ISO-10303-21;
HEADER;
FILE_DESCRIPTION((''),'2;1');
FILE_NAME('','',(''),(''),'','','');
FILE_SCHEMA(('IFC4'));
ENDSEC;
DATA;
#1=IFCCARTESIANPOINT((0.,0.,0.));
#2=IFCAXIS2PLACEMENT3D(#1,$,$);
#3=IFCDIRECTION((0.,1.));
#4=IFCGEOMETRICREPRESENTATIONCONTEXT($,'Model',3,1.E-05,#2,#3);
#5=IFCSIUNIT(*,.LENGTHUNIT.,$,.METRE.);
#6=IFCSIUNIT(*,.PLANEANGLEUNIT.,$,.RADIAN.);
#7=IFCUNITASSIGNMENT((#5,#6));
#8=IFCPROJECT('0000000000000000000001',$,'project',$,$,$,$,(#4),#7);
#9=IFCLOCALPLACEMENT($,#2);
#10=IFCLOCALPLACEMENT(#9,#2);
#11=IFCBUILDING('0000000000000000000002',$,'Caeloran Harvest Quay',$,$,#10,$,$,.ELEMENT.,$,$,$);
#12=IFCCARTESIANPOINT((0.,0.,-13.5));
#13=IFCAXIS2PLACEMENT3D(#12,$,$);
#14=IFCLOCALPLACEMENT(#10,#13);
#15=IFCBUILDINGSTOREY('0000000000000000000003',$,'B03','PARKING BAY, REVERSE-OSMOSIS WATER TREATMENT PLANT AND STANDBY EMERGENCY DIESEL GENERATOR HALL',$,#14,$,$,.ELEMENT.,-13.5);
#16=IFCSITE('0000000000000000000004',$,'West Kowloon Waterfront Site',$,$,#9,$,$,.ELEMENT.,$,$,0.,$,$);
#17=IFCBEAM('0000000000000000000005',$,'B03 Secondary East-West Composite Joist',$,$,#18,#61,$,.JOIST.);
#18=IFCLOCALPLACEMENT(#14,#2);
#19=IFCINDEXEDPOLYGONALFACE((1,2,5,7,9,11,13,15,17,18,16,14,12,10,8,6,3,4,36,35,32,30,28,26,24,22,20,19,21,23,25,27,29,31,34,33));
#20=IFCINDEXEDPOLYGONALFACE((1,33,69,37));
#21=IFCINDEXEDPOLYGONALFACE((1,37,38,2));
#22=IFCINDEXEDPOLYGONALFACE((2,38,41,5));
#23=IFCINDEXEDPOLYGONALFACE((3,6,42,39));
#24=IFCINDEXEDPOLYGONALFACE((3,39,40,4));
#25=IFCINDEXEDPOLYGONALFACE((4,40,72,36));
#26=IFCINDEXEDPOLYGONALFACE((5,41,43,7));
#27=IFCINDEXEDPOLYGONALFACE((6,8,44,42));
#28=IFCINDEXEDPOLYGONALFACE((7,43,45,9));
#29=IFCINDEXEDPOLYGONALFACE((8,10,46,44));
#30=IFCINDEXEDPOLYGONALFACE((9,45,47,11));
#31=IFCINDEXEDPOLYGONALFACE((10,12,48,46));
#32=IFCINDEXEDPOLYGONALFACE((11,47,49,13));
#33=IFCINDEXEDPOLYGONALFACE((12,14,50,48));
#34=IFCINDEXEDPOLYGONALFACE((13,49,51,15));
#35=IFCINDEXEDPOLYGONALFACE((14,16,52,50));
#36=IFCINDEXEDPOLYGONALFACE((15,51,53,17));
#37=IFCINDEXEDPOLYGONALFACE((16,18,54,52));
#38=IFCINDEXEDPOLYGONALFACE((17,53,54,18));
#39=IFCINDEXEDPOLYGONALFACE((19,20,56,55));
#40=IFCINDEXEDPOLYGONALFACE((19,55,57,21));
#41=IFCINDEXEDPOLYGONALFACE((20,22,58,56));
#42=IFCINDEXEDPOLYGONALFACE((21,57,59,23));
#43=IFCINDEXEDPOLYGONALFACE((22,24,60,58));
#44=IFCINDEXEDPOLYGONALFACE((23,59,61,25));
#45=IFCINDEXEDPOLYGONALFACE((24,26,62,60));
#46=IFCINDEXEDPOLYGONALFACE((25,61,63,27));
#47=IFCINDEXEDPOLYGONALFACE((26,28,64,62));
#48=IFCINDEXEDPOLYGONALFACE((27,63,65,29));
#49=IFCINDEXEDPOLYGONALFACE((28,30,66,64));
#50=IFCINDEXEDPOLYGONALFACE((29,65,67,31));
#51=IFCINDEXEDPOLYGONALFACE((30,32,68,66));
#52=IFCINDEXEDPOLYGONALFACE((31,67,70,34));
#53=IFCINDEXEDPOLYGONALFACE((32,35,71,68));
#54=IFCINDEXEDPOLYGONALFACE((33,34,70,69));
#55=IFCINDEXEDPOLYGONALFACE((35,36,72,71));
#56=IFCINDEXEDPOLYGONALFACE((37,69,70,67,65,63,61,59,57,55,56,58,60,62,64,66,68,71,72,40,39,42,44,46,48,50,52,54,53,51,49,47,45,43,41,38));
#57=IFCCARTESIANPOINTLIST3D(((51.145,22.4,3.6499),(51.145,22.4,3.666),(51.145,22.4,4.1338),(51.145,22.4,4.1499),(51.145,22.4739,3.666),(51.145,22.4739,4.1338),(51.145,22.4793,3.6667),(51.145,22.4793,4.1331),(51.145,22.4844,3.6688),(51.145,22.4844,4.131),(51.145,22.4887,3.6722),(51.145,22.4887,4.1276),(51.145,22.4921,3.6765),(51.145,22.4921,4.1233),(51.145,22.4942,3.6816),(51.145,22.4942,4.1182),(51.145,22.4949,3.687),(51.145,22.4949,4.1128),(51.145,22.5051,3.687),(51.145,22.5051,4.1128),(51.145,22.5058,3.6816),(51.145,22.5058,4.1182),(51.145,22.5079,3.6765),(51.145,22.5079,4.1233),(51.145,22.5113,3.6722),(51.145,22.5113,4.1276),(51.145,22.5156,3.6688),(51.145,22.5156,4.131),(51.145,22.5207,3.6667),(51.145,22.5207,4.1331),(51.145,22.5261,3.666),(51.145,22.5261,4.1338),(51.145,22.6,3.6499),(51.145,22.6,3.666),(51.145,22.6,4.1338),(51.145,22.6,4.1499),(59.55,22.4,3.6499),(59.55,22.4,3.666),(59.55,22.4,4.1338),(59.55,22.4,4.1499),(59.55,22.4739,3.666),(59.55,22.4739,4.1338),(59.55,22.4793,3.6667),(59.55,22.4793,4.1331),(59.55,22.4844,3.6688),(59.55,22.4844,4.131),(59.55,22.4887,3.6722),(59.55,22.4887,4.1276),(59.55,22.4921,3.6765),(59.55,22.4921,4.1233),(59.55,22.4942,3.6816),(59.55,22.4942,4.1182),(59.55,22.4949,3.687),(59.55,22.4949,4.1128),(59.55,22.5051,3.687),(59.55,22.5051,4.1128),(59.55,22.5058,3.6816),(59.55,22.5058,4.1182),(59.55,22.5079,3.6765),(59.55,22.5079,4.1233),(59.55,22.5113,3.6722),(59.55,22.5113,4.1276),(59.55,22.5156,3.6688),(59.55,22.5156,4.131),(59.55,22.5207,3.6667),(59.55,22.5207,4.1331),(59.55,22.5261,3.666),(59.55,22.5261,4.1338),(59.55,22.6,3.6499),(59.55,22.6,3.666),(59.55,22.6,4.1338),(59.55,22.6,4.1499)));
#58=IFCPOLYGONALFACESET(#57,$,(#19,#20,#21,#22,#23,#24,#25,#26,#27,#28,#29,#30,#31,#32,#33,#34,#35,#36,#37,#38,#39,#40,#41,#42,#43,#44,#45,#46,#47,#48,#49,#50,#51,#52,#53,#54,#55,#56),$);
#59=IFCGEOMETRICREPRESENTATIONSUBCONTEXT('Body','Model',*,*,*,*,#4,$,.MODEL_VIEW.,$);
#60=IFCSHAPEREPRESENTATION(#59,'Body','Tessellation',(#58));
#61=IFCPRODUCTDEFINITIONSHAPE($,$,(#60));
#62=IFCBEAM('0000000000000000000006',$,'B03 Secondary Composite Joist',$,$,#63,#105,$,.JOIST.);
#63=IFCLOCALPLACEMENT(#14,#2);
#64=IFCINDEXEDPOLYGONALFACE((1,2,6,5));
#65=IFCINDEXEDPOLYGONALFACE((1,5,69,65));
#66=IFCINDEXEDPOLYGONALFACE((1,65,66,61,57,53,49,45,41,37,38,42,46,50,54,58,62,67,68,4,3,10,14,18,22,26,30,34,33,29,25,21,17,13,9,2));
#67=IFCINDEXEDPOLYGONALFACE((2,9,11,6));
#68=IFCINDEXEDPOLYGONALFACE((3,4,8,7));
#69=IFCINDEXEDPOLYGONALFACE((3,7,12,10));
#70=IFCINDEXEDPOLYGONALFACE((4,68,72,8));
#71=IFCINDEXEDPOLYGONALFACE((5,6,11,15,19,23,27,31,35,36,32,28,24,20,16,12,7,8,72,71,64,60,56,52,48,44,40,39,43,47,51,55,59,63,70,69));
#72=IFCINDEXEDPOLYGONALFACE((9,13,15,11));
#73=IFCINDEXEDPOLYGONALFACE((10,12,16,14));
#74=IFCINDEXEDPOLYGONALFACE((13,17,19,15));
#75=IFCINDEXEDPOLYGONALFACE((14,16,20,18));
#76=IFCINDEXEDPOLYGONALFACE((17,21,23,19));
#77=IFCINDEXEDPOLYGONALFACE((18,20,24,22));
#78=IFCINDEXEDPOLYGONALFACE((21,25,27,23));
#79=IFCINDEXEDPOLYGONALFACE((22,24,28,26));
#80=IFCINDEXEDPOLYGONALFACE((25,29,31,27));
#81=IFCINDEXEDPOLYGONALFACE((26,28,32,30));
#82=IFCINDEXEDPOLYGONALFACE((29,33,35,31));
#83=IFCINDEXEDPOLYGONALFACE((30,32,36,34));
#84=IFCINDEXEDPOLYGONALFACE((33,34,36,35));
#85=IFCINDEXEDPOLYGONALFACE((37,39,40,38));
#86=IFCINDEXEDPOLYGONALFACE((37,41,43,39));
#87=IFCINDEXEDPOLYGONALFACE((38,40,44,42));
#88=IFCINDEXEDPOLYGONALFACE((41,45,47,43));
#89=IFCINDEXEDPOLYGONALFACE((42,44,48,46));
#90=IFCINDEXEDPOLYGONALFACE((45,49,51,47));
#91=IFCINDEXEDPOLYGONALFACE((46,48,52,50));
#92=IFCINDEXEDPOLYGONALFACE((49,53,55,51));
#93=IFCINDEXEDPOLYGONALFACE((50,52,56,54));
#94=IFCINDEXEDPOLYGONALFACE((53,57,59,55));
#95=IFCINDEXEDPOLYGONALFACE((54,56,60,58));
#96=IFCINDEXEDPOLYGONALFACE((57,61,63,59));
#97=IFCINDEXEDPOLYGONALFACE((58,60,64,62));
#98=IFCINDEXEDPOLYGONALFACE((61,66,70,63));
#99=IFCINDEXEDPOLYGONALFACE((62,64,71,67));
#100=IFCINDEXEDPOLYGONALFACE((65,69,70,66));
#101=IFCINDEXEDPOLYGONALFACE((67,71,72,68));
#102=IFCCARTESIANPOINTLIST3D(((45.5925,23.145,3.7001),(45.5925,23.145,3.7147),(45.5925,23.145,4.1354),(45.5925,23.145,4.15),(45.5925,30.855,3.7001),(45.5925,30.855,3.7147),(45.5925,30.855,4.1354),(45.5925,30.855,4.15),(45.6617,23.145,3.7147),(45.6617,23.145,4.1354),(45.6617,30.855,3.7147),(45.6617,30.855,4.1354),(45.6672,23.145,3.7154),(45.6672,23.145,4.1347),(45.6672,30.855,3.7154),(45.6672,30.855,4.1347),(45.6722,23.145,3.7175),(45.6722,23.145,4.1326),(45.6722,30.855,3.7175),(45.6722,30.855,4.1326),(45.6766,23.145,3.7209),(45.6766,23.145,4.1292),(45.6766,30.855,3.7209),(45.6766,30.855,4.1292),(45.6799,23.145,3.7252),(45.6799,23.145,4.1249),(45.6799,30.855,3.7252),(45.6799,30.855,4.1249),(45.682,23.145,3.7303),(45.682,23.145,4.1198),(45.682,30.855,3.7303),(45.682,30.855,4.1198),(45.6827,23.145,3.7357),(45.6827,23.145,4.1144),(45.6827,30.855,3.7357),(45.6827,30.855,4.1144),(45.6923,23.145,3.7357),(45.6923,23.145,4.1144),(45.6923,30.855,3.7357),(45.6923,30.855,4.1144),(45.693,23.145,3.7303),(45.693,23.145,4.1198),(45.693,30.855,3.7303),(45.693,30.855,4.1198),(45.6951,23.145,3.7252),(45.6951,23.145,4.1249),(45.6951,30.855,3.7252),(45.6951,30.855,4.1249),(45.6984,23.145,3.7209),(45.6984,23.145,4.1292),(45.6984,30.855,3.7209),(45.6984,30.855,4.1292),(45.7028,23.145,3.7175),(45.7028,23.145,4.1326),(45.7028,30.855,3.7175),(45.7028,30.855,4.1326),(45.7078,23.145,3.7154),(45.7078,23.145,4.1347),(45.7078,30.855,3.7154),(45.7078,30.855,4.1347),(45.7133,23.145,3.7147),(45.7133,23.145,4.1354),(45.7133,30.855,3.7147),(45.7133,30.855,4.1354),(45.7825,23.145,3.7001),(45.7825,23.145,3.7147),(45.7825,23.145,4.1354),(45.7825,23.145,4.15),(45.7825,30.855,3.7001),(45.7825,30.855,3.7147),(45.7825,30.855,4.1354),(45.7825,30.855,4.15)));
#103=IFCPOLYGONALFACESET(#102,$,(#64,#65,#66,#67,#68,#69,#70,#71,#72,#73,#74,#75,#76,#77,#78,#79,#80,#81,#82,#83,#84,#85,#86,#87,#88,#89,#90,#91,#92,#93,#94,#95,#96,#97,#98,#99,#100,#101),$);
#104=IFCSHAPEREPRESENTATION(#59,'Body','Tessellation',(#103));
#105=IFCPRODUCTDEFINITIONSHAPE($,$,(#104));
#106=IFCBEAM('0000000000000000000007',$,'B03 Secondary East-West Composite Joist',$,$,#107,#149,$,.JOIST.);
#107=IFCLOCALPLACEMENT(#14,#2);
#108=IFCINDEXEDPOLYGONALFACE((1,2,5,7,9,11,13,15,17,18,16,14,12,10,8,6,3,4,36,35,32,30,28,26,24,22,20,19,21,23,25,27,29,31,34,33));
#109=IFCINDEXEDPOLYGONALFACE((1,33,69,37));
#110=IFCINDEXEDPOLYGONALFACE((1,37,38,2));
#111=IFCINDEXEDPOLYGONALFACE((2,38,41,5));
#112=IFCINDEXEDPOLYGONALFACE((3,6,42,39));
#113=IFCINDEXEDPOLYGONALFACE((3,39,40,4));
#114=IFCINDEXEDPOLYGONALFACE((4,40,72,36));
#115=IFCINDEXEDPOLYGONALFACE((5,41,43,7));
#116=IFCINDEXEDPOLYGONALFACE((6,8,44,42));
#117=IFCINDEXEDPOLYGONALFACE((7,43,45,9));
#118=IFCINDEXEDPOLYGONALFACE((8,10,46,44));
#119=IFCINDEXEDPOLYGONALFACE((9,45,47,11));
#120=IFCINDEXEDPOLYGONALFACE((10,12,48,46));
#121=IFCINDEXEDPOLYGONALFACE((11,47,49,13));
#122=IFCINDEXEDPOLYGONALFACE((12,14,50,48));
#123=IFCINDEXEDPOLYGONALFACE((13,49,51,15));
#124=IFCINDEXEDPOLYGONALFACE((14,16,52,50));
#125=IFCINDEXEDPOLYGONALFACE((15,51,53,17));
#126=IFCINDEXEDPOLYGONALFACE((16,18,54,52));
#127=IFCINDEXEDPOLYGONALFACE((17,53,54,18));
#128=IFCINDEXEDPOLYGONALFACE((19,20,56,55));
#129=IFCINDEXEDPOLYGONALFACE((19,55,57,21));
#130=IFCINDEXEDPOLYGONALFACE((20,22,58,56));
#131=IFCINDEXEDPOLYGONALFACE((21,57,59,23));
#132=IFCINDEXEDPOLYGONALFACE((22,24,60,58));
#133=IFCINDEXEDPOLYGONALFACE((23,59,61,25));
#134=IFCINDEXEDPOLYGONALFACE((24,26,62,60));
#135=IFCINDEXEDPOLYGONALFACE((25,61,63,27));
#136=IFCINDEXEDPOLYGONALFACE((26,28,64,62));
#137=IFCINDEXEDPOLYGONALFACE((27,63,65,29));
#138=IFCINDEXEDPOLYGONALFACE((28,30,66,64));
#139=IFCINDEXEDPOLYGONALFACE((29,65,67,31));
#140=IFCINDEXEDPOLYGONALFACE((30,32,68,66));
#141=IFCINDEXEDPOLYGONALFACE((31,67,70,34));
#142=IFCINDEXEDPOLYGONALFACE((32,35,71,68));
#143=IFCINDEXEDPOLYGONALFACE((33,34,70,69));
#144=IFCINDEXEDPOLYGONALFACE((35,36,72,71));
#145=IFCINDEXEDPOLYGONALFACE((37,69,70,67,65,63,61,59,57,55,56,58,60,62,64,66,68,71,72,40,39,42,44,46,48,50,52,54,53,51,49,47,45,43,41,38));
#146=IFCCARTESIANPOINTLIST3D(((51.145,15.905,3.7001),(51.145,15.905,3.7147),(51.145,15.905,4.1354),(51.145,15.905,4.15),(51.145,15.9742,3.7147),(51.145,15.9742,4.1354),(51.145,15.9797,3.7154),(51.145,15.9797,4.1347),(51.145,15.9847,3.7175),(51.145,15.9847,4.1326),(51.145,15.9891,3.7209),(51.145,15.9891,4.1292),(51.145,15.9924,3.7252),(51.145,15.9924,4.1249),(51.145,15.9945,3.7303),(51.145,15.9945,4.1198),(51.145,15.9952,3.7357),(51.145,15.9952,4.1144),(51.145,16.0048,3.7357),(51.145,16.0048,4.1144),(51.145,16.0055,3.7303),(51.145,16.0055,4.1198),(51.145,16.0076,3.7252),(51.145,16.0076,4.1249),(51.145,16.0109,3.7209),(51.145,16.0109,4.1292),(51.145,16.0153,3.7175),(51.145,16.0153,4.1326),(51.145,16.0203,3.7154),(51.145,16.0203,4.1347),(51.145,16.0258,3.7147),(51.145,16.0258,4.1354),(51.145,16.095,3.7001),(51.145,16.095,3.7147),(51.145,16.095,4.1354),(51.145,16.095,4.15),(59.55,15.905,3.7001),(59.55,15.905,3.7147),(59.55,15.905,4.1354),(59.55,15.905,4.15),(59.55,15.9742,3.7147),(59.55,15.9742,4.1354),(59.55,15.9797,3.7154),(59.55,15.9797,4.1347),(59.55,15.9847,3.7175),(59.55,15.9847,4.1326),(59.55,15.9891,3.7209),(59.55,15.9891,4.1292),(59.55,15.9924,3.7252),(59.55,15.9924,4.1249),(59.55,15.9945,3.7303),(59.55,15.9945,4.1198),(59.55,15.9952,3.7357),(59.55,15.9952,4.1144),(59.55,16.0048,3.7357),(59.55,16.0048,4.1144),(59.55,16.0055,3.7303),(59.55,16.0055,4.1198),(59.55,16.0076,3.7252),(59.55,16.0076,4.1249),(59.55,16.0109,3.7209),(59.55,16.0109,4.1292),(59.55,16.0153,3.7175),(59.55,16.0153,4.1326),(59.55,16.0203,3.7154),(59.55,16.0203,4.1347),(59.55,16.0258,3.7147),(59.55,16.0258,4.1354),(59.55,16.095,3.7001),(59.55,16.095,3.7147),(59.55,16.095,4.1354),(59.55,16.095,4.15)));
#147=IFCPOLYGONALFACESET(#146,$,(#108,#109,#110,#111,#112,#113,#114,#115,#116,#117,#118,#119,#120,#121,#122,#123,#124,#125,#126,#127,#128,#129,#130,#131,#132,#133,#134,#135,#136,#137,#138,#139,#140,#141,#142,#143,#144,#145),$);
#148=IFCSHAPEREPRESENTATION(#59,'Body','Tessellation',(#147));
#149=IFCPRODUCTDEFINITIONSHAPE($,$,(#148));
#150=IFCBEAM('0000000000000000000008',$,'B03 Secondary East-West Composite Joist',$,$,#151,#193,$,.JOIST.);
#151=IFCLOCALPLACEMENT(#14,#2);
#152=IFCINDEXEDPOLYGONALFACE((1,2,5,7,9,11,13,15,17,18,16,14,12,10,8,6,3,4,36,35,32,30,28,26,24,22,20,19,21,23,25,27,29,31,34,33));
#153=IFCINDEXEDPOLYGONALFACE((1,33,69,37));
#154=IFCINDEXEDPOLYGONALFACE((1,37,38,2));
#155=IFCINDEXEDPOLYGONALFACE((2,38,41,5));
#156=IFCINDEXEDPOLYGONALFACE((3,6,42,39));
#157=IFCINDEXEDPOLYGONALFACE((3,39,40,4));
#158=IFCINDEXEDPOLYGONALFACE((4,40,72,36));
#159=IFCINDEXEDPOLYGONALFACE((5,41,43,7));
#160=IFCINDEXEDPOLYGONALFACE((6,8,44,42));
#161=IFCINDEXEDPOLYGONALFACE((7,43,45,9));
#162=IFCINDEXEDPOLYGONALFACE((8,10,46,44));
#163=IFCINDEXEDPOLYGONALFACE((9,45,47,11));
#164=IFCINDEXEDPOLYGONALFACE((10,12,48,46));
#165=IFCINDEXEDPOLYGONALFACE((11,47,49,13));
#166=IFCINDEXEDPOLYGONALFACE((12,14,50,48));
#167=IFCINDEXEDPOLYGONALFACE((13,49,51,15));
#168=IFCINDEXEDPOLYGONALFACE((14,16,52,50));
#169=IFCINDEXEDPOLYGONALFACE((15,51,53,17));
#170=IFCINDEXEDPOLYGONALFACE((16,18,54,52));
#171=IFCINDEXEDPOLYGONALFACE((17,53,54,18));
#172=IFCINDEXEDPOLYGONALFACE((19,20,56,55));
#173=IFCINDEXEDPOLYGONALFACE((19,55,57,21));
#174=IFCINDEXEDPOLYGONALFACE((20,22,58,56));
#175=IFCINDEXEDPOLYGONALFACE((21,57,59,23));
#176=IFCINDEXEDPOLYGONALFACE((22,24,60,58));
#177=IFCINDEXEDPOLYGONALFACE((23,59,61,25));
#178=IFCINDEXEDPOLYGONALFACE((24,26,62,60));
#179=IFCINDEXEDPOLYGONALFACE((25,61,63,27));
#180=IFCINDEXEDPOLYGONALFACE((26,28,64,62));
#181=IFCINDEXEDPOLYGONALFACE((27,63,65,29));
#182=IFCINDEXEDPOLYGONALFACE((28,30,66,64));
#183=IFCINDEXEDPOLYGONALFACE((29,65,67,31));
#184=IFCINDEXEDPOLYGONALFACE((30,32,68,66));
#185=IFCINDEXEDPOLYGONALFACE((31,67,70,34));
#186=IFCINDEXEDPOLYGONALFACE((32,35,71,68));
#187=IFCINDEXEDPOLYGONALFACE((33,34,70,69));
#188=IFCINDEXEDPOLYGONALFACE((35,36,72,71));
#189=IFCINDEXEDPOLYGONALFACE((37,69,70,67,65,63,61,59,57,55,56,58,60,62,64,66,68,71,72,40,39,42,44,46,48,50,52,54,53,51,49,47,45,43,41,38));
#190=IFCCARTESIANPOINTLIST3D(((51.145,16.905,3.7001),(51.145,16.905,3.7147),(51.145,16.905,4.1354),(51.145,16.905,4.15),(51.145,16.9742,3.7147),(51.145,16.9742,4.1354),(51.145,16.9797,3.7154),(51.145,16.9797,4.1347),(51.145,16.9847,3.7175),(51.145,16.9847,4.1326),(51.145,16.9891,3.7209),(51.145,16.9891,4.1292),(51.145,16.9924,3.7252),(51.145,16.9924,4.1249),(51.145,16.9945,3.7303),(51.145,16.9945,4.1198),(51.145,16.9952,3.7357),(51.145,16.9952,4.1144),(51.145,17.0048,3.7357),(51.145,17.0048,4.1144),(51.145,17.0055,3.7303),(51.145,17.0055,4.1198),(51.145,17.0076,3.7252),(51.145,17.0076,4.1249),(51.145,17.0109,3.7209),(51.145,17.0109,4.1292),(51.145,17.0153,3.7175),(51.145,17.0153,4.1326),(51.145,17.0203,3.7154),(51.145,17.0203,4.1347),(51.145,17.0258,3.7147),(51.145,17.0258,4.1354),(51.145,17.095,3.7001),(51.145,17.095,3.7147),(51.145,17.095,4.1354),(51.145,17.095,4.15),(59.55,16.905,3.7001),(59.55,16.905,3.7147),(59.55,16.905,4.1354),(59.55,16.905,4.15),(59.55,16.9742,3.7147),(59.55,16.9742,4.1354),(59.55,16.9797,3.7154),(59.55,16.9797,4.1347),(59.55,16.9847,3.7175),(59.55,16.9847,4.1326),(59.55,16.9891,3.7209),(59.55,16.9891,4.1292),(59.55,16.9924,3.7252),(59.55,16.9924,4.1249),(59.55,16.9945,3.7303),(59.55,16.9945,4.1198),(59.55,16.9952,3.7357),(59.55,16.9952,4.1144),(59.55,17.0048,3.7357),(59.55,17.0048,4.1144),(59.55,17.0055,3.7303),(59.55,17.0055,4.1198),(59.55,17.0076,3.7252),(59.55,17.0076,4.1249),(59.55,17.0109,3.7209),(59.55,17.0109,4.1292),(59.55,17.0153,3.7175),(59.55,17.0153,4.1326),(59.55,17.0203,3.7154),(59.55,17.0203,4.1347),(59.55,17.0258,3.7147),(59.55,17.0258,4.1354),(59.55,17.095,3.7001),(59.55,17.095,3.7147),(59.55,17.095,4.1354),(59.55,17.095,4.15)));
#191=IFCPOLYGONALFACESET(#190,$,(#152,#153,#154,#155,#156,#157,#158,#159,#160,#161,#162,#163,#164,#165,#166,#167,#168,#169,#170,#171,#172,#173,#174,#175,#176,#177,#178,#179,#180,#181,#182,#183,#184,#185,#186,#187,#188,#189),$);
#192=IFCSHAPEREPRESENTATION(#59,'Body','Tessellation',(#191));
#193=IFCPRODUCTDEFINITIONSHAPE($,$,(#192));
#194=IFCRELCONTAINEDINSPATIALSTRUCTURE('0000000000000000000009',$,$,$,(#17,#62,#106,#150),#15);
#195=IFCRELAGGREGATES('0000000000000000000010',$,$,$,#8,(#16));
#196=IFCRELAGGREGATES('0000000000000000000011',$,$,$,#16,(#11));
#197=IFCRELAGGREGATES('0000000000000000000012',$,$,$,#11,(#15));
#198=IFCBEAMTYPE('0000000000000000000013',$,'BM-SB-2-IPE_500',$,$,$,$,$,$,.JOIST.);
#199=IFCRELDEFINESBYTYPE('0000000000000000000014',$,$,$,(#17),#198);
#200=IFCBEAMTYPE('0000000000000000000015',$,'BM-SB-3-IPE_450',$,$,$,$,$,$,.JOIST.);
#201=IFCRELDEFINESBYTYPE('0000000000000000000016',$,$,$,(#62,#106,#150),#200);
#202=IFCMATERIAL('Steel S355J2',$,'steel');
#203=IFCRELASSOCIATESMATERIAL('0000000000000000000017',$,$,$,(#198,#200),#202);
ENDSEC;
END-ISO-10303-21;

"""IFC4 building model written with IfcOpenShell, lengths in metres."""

from ifc_helpers import new_model, si_unit, direction, frame, origin, origin_2d, place, context, subcontext, project, spatial, i_section, extrude, material, material_profile, profile_set, type_object, element, save


model = new_model("IFC4")

# Units and contexts
model_context = context("Model", 3, precision=1e-05, world=origin(), true_north=direction((0.0, 1.0)))
body_context = subcontext(model_context, "Body", "Model", "MODEL_VIEW")
ifc_project = project(units=[si_unit("LENGTHUNIT", "METRE"), si_unit("PLANEANGLEUNIT", "RADIAN")], contexts=[model_context])

# Site, building, storey
site_placement = place(None, origin())
site = spatial("IfcSite", under=ifc_project, at=site_placement, Name="West Kowloon Waterfront Site", CompositionType="ELEMENT", RefElevation=0.0)
building_placement = place(site_placement, origin())
building = spatial("IfcBuilding", under=site, at=building_placement, Name="Caeloran Harvest Quay", CompositionType="ELEMENT")
storey_placement = place(building_placement, frame((0.0, 0.0, -13.5)))
storey = spatial("IfcBuildingStorey", under=building, at=storey_placement, Name="B03", Description="PARKING BAY, REVERSE-OSMOSIS WATER TREATMENT PLANT AND STANDBY EMERGENCY DIESEL GENERATOR HALL", CompositionType="ELEMENT", Elevation=-13.5)

# Beams
ifc_material_1 = material(Name="Steel S355J2", Category="steel")
ifc_material_profile_1 = material_profile(ifc_material_1, i_section(OverallWidth=0.2, OverallDepth=0.5, WebThickness=0.0103, FlangeThickness=0.0161, FilletRadius=0.021, at=origin_2d()), Name="IPE 500")
ifc_profile_set_1 = profile_set([ifc_material_profile_1], Name="Steel S355J2")
beam_type_1 = type_object("IfcBeamType", Name="BM-SB-2-IPE_500", PredefinedType="JOIST", material=ifc_profile_set_1)
for number, where, z_axis, x_axis, name in (
    (1, (51.145, 22.5, 3.8999), (1.0, 0.0, 0.0), (0.0, 1.0, 0.0), "B03 Secondary East-West Composite Joist"),
):
    element("IfcBeam", number, at=place(storey_placement, frame(where, z_axis=z_axis, x_axis=x_axis)), inside=storey, type_object=beam_type_1, Name=name, PredefinedType="JOIST", context=body_context, shape_type="SweptSolid", body=[
        extrude(i_section(OverallWidth=0.2, OverallDepth=0.5, WebThickness=0.0103, FlangeThickness=0.0161, FilletRadius=0.021, at=origin_2d()), origin(), (0.0, 0.0, 1.0), 8.405),
    ])
ifc_material_profile_2 = material_profile(ifc_material_1, i_section(OverallWidth=0.1899, OverallDepth=0.45, WebThickness=0.0095, FlangeThickness=0.0146, FilletRadius=0.021, at=origin_2d()), Name="IPE 450")
ifc_profile_set_2 = profile_set([ifc_material_profile_2], Name="Steel S355J2")
beam_type_2 = type_object("IfcBeamType", Name="BM-SB-3-IPE_450", PredefinedType="JOIST", material=ifc_profile_set_2)
beam_1_placement = place(storey_placement, frame((45.6875, 23.145, 3.925), z_axis=(0.0, 1.0, 0.0), x_axis=(-1.0, 0.0, 0.0)))
element("IfcBeam", 2, at=beam_1_placement, inside=storey, type_object=beam_type_2, Name="B03 Secondary Composite Joist", PredefinedType="JOIST", context=body_context, shape_type="SweptSolid", body=[
    extrude(i_section(OverallWidth=0.1899, OverallDepth=0.45, WebThickness=0.0095, FlangeThickness=0.0146, FilletRadius=0.021, at=origin_2d()), origin(), (0.0, 0.0, 1.0), 7.71),
])
for number, where, z_axis, x_axis, name in (
    (3, (51.145, 16.0, 3.925), (1.0, 0.0, 0.0), (0.0, 1.0, 0.0), "B03 Secondary East-West Composite Joist"),
    (4, (51.145, 17.0, 3.925), (1.0, 0.0, 0.0), (0.0, 1.0, 0.0), "B03 Secondary East-West Composite Joist"),
):
    element("IfcBeam", number, at=place(storey_placement, frame(where, z_axis=z_axis, x_axis=x_axis)), inside=storey, type_object=beam_type_2, Name=name, PredefinedType="JOIST", context=body_context, shape_type="SweptSolid", body=[
        extrude(i_section(OverallWidth=0.1899, OverallDepth=0.45, WebThickness=0.0095, FlangeThickness=0.0146, FilletRadius=0.021, at=origin_2d()), origin(), (0.0, 0.0, 1.0), 8.405),
    ])

save(model, "model.ifc")
